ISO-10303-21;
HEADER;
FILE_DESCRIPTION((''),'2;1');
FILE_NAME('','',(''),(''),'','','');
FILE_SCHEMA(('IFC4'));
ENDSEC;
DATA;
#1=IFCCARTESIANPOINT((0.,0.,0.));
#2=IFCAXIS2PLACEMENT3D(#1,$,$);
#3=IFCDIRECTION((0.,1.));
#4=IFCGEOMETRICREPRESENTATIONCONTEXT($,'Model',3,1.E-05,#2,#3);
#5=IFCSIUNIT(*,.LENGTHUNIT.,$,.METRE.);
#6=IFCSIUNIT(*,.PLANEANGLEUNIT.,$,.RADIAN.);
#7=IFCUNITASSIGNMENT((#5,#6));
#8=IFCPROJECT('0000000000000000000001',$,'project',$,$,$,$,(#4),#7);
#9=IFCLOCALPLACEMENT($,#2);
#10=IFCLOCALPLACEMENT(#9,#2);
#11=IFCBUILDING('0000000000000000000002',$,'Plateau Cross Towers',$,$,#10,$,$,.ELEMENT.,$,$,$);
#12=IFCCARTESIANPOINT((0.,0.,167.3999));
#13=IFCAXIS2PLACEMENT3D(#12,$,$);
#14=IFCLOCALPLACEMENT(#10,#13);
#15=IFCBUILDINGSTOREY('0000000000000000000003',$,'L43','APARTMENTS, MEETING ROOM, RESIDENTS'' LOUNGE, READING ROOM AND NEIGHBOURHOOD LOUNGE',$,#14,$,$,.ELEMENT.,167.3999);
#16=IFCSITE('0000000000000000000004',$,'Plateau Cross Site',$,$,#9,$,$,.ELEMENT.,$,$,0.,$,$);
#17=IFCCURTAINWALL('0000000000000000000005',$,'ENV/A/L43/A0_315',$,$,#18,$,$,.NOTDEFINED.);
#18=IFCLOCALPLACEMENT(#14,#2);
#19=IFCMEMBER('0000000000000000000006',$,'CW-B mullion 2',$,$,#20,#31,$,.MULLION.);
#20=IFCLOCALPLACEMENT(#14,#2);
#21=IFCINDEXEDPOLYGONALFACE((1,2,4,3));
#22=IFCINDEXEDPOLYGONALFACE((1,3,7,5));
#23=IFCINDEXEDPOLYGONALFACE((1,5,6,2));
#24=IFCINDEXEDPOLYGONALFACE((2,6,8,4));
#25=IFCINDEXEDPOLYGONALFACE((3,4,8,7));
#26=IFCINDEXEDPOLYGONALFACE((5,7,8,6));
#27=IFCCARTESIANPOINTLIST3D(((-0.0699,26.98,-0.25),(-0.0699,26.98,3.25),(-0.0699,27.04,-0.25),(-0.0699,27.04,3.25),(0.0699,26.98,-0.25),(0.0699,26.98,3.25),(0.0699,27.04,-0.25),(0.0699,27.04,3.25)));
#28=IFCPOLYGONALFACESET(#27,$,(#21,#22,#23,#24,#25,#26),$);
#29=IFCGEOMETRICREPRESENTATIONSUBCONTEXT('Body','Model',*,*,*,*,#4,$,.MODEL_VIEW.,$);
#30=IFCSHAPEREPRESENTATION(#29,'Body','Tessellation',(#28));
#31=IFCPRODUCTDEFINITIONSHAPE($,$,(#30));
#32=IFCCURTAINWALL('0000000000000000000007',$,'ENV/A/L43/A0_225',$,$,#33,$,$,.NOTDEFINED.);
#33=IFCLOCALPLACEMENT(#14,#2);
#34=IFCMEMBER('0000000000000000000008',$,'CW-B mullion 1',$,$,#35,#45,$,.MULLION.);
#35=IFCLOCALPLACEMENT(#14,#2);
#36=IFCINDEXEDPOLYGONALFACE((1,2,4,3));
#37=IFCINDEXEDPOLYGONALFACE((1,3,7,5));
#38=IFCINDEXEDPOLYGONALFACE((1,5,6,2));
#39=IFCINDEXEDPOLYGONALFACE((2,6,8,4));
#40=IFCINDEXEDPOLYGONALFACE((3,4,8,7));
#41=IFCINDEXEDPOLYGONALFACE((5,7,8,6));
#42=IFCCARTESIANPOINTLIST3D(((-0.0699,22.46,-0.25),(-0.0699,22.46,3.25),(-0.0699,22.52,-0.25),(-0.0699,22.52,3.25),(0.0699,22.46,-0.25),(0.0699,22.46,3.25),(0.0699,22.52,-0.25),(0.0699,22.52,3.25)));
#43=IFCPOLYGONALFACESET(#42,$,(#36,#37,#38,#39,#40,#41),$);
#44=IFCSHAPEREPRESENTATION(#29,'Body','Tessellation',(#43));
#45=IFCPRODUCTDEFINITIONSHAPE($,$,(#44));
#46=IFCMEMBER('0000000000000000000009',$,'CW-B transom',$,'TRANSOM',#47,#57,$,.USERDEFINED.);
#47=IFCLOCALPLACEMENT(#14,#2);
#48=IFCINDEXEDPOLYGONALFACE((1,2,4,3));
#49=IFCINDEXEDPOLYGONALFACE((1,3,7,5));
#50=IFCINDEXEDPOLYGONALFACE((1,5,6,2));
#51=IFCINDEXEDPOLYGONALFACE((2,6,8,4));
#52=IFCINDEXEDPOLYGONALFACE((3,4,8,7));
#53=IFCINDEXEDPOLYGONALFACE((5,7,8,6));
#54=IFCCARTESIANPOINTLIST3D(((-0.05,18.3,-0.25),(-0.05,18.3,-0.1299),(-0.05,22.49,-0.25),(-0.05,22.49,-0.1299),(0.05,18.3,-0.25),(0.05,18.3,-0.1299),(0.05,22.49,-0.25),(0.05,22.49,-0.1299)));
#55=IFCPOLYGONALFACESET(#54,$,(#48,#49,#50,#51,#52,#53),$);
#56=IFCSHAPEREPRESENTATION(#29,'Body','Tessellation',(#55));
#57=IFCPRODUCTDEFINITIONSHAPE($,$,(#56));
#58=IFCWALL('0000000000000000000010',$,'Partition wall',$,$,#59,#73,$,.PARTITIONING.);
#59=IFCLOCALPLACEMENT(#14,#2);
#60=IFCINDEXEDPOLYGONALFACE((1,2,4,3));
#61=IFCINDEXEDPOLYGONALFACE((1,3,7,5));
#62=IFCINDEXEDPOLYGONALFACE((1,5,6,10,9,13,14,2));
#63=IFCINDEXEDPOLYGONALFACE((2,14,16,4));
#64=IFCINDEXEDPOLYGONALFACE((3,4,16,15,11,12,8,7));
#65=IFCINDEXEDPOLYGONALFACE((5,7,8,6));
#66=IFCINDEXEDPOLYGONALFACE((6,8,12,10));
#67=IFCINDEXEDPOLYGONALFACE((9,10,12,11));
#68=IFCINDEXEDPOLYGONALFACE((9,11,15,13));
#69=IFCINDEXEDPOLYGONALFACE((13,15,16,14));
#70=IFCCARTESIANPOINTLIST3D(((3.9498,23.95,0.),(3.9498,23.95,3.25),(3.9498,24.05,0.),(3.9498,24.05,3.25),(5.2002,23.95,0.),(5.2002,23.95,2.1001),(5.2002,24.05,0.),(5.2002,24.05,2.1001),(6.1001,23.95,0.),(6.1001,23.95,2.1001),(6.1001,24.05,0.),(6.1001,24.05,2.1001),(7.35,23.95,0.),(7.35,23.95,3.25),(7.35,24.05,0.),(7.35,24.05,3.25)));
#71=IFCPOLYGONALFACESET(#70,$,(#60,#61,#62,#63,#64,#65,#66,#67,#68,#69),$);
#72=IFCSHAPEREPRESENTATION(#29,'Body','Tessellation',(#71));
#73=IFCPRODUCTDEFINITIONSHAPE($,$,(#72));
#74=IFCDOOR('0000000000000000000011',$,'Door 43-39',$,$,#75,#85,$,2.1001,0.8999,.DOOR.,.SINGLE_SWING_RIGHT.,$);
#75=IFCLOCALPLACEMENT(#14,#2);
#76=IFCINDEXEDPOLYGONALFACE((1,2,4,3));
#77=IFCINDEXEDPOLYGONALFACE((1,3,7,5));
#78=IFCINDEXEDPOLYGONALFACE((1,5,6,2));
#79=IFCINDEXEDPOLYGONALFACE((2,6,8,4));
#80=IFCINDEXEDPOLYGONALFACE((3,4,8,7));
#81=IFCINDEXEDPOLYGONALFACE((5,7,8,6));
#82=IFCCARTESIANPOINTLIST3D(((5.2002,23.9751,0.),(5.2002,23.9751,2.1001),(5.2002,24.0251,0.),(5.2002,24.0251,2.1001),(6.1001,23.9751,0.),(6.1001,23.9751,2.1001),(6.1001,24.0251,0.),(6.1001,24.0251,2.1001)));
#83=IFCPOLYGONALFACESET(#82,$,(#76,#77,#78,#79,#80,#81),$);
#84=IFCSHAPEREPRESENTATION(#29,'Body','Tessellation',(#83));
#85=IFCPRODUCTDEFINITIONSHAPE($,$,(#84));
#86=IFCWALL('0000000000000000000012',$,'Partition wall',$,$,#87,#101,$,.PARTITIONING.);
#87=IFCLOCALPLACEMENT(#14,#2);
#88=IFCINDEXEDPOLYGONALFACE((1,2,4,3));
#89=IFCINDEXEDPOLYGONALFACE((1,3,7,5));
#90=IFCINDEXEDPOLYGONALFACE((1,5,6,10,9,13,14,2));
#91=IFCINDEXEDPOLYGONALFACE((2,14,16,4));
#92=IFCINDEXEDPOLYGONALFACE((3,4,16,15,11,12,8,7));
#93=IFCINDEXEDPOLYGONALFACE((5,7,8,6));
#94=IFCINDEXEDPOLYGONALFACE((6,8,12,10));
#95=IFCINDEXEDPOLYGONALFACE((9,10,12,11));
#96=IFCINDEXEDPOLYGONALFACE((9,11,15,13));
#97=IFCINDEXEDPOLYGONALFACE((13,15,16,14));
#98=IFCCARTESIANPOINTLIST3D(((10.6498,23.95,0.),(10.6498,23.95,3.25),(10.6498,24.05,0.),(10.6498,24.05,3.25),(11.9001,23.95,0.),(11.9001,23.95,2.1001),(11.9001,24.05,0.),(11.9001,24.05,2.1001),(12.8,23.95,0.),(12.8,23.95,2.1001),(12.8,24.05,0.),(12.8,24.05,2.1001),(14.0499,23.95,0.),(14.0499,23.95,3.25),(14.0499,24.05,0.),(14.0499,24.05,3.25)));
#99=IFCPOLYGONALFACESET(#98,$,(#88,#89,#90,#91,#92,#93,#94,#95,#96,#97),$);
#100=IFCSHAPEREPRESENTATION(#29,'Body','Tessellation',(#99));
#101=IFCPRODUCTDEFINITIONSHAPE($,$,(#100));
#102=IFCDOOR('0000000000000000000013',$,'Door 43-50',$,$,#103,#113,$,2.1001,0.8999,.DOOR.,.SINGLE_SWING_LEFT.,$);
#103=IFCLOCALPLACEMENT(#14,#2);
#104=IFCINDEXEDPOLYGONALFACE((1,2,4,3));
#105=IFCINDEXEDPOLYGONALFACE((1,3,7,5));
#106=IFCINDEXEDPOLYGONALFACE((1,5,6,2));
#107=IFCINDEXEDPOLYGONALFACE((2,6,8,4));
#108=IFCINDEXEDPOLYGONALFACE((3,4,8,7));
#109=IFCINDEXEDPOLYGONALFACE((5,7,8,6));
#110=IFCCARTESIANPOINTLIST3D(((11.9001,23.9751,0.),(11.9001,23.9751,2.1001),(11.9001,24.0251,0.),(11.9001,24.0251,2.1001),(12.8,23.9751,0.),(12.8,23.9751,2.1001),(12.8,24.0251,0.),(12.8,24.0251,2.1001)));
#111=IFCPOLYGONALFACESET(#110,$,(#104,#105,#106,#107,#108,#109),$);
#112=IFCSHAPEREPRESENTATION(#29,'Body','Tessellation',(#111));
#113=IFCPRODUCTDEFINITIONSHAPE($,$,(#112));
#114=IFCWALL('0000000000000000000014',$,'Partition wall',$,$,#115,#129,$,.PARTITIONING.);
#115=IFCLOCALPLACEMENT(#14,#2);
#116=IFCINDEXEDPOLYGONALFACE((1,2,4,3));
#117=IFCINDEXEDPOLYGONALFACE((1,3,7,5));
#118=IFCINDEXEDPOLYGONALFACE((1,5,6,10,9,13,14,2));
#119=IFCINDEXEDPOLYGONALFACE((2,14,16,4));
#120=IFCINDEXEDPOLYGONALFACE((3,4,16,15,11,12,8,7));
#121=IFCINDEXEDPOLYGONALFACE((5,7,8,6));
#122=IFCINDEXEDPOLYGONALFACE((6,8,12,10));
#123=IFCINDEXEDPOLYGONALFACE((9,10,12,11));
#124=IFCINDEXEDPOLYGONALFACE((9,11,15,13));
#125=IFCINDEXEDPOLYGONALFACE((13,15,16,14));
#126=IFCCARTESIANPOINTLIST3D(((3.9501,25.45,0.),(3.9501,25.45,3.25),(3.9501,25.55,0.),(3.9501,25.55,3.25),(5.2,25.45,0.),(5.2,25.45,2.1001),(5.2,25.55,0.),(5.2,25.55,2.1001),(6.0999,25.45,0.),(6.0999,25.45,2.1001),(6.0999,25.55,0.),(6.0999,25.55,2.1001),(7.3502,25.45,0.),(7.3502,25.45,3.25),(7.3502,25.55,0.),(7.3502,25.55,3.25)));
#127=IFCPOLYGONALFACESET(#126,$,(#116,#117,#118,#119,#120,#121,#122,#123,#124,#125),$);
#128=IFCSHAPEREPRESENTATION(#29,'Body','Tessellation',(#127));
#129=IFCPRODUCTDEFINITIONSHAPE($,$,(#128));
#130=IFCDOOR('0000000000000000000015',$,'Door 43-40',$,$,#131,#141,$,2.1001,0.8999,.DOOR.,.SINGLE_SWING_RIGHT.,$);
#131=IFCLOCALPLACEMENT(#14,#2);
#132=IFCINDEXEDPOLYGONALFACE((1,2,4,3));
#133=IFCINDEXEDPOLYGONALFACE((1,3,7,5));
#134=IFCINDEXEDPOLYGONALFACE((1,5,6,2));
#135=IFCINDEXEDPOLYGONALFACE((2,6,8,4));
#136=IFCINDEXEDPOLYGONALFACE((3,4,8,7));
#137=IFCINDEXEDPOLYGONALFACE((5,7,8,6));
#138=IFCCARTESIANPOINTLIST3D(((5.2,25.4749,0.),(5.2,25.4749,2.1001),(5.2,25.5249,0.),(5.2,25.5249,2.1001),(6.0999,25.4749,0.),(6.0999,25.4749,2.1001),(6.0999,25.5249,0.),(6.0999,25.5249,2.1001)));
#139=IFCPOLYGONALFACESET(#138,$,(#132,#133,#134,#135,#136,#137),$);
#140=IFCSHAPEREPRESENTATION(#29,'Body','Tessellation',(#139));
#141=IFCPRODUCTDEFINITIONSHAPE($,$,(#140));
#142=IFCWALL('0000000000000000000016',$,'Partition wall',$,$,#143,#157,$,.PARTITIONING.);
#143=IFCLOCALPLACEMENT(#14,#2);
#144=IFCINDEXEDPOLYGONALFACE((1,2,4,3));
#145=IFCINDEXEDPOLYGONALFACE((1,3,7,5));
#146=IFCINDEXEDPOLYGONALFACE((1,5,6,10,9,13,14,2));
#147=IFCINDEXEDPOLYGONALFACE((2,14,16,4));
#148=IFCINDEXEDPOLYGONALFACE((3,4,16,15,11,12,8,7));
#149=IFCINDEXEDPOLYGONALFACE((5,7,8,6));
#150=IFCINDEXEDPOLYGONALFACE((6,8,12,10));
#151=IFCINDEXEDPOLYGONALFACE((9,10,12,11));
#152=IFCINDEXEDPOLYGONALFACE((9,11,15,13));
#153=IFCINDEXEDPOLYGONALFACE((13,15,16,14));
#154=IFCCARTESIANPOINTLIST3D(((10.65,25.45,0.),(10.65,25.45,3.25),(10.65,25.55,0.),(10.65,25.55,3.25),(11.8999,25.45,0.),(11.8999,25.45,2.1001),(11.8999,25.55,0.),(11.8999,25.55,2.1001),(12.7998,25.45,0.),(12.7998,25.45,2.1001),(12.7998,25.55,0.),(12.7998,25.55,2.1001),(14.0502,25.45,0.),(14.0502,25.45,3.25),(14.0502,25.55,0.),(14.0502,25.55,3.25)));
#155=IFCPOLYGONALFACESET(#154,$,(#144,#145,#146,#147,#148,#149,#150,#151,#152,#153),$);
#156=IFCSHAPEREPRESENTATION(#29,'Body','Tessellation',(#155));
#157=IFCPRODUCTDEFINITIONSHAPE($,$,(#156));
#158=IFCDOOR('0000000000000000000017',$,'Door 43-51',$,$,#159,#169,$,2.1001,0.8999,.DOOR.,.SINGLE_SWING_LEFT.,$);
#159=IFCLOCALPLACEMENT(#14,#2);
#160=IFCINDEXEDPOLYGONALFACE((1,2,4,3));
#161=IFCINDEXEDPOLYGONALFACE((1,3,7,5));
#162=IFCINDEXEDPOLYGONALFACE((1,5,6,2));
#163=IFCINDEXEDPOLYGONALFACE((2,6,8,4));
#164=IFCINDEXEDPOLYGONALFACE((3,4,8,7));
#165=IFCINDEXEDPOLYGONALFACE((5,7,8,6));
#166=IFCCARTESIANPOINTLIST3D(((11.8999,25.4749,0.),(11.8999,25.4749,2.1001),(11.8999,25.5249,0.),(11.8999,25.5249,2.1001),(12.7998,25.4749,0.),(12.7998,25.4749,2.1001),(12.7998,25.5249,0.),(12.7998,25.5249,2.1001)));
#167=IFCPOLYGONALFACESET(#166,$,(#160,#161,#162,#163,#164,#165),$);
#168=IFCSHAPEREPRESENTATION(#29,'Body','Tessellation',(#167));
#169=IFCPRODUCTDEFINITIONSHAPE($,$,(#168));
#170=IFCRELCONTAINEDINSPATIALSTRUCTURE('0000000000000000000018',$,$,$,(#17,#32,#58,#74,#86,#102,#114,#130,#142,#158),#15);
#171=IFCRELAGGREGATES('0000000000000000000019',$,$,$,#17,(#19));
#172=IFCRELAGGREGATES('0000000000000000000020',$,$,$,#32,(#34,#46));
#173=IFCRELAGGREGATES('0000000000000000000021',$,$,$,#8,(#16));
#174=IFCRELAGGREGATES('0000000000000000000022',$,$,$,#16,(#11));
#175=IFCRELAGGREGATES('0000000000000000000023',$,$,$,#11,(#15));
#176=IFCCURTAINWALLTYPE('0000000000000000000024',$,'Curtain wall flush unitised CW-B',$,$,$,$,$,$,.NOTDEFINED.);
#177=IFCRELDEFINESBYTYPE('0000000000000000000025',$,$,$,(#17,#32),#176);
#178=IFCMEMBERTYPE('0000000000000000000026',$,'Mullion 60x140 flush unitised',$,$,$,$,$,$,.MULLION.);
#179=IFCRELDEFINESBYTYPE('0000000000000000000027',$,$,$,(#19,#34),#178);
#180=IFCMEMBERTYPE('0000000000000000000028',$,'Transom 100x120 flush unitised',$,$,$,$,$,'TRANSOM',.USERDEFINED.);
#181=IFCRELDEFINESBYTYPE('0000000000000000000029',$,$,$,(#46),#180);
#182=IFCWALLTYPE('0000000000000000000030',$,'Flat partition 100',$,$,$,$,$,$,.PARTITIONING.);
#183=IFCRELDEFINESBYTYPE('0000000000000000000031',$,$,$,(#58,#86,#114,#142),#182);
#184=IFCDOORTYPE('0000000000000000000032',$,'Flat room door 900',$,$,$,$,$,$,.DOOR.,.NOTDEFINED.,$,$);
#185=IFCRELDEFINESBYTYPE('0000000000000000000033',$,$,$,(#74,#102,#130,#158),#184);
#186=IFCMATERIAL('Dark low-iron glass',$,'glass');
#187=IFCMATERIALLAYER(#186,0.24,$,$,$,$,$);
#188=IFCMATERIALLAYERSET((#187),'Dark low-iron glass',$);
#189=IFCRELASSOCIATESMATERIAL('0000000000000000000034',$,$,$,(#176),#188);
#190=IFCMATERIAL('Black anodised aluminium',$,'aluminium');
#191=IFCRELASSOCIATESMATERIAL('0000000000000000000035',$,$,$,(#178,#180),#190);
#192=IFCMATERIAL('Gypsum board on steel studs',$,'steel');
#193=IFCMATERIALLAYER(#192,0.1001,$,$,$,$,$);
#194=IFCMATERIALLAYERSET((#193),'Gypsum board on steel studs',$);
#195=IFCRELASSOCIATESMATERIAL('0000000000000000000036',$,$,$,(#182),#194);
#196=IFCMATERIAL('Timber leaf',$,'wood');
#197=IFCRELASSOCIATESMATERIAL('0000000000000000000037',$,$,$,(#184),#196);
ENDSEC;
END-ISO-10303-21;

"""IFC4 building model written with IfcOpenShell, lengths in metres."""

from ifc_helpers import new_model, si_unit, direction, frame, frame_2d, origin, origin_2d, place, context, subcontext, project, spatial, rectangle, extrude, material, layer, layer_set, material_profile, profile_set, type_object, element, fill, aggregate, save


model = new_model("IFC4")

# Units and contexts
model_context = context("Model", 3, precision=1e-05, world=origin(), true_north=direction((0.0, 1.0)))
body_context = subcontext(model_context, "Body", "Model", "MODEL_VIEW")
ifc_project = project(units=[si_unit("LENGTHUNIT", "METRE"), si_unit("PLANEANGLEUNIT", "RADIAN")], contexts=[model_context])

# Site, building, storey
site_placement = place(None, origin())
site = spatial("IfcSite", under=ifc_project, at=site_placement, Name="Plateau Cross Site", CompositionType="ELEMENT", RefElevation=0.0)
building_placement = place(site_placement, origin())
building = spatial("IfcBuilding", under=site, at=building_placement, Name="Plateau Cross Towers", CompositionType="ELEMENT")
storey_placement = place(building_placement, frame((0.0, 0.0, 167.3999)))
storey = spatial("IfcBuildingStorey", under=building, at=storey_placement, Name="L43", Description="APARTMENTS, MEETING ROOM, RESIDENTS' LOUNGE, READING ROOM AND NEIGHBOURHOOD LOUNGE", CompositionType="ELEMENT", Elevation=167.3999)

# Curtain wall, member
ifc_material_1 = material(Name="Dark low-iron glass", Category="glass")
ifc_layer_1 = layer(ifc_material_1, 0.24)
ifc_layer_set_1 = layer_set([ifc_layer_1], Name="Dark low-iron glass")
curtain_wall_type = type_object("IfcCurtainWallType", Name="Curtain wall flush unitised CW-B", PredefinedType="NOTDEFINED", material=ifc_layer_set_1)
curtain_wall_1_placement = place(storey_placement, origin())
curtain_wall_1 = element("IfcCurtainWall", 1, at=curtain_wall_1_placement, inside=storey, type_object=curtain_wall_type, Name="ENV/A/L43/A0_315", PredefinedType="NOTDEFINED")
ifc_material_2 = material(Name="Black anodised aluminium", Category="aluminium")
ifc_material_profile_1 = material_profile(ifc_material_2, rectangle(XDim=0.0601, YDim=0.1399, at=origin_2d()), Name="MULLION 60x140")
ifc_profile_set_1 = profile_set([ifc_material_profile_1], Name="Black anodised aluminium")
member_type_1 = type_object("IfcMemberType", Name="Mullion 60x140 flush unitised", PredefinedType="MULLION", material=ifc_profile_set_1)
member_1_placement = place(storey_placement, frame((0.0, 27.01, -0.25), z_axis=(0.0, 0.0, 1.0), x_axis=(0.0, -1.0, 0.0)))
member_1 = element("IfcMember", 2, at=member_1_placement, type_object=member_type_1, Name="CW-B mullion 2", PredefinedType="MULLION", context=body_context, shape_type="SweptSolid", body=[
    extrude(rectangle(XDim=0.0601, YDim=0.1399, at=origin_2d()), origin(), (0.0, 0.0, 1.0), 3.5),
])
aggregate(curtain_wall_1, [member_1])

# Curtain wall, members
curtain_wall_2_placement = place(storey_placement, origin())
curtain_wall_2 = element("IfcCurtainWall", 3, at=curtain_wall_2_placement, inside=storey, type_object=curtain_wall_type, Name="ENV/A/L43/A0_225", PredefinedType="NOTDEFINED")
member_2_placement = place(storey_placement, frame((0.0, 22.49, -0.25), z_axis=(0.0, 0.0, 1.0), x_axis=(0.0, -1.0, 0.0)))
member_2 = element("IfcMember", 4, at=member_2_placement, type_object=member_type_1, Name="CW-B mullion 1", PredefinedType="MULLION", context=body_context, shape_type="SweptSolid", body=[
    extrude(rectangle(XDim=0.0601, YDim=0.1399, at=origin_2d()), origin(), (0.0, 0.0, 1.0), 3.5),
])
ifc_material_profile_2 = material_profile(ifc_material_2, rectangle(XDim=0.1001, YDim=0.1201, at=origin_2d()), Name="TRANSOM 100x120")
ifc_profile_set_2 = profile_set([ifc_material_profile_2], Name="Black anodised aluminium")
member_type_2 = type_object("IfcMemberType", Name="Transom 100x120 flush unitised", ElementType="TRANSOM", PredefinedType="USERDEFINED", material=ifc_profile_set_2)
member_3_placement = place(storey_placement, frame((0.0, 22.49, -0.1899), z_axis=(0.0, -1.0, 0.0), x_axis=(1.0, 0.0, 0.0)))
member_3 = element("IfcMember", 5, at=member_3_placement, type_object=member_type_2, Name="CW-B transom", ObjectType="TRANSOM", PredefinedType="USERDEFINED", context=body_context, shape_type="SweptSolid", body=[
    extrude(rectangle(XDim=0.1001, YDim=0.1201, at=origin_2d()), origin(), (0.0, 0.0, 1.0), 4.1899),
])
aggregate(curtain_wall_2, [member_2, member_3])

# Walls, openings, doors
ifc_material_3 = material(Name="Gypsum board on steel studs", Category="steel")
ifc_layer_2 = layer(ifc_material_3, 0.1001)
ifc_layer_set_2 = layer_set([ifc_layer_2], Name="Gypsum board on steel studs")
wall_type_1 = type_object("IfcWallType", Name="Flat partition 100", PredefinedType="PARTITIONING", material=ifc_layer_set_2)
wall_1_placement = place(storey_placement, frame((7.3501, 24.0, 0.0), z_axis=(0.0, 0.0, 1.0), x_axis=(-1.0, 0.0, 0.0)))
wall_1 = element("IfcWall", 6, at=wall_1_placement, inside=storey, type_object=wall_type_1, Name="Partition wall", PredefinedType="PARTITIONING", context=body_context, shape_type="SweptSolid", body=[
    extrude(rectangle(XDim=3.4001, YDim=0.1001, at=frame_2d((1.7002, 0.0))), origin(), (0.0, 0.0, 1.0), 3.25),
])
opening_1_placement = place(wall_1_placement, frame((1.25, 0.0, 0.0)))
opening_1 = element("IfcOpeningElement", 7, at=opening_1_placement, cuts=wall_1, PredefinedType="OPENING", context=body_context, shape_type="SweptSolid", body=[
    extrude(rectangle(XDim=0.8999, YDim=2.1001, at=frame_2d((0.45, 1.05))), frame((0.0, 0.0601, 0.0), z_axis=(0.0, -1.0, 0.0), x_axis=(1.0, 0.0, 0.0)), (0.0, 0.0, 1.0), 0.1201),
])
ifc_material_4 = material(Name="Timber leaf", Category="wood")
door_type_1 = type_object("IfcDoorType", Name="Flat room door 900", OperationType="NOTDEFINED", PredefinedType="DOOR", material=ifc_material_4)
door_1_placement = place(opening_1_placement, origin())
door_1 = element("IfcDoor", 8, at=door_1_placement, inside=storey, type_object=door_type_1, Name="Door 43-39", OperationType="SINGLE_SWING_RIGHT", OverallHeight=2.1001, OverallWidth=0.8999, PredefinedType="DOOR", context=body_context, shape_type="SweptSolid", body=[
    extrude(rectangle(XDim=0.8999, YDim=2.1001, at=frame_2d((0.45, 1.05))), frame((0.0, 0.0249, 0.0), z_axis=(0.0, -1.0, 0.0), x_axis=(1.0, 0.0, 0.0)), (0.0, 0.0, 1.0), 0.05),
])
fill(opening_1, door_1)
wall_2_placement = place(storey_placement, frame((14.05, 24.0, 0.0), z_axis=(0.0, 0.0, 1.0), x_axis=(-1.0, 0.0, 0.0)))
wall_2 = element("IfcWall", 9, at=wall_2_placement, inside=storey, type_object=wall_type_1, Name="Partition wall", PredefinedType="PARTITIONING", context=body_context, shape_type="SweptSolid", body=[
    extrude(rectangle(XDim=3.4001, YDim=0.1001, at=frame_2d((1.7002, 0.0))), origin(), (0.0, 0.0, 1.0), 3.25),
])
opening_2_placement = place(wall_2_placement, frame((1.25, 0.0, 0.0)))
opening_2 = element("IfcOpeningElement", 10, at=opening_2_placement, cuts=wall_2, PredefinedType="OPENING", context=body_context, shape_type="SweptSolid", body=[
    extrude(rectangle(XDim=0.8999, YDim=2.1001, at=frame_2d((0.45, 1.05))), frame((0.0, 0.0601, 0.0), z_axis=(0.0, -1.0, 0.0), x_axis=(1.0, 0.0, 0.0)), (0.0, 0.0, 1.0), 0.1201),
])
door_2_placement = place(opening_2_placement, origin())
door_2 = element("IfcDoor", 11, at=door_2_placement, inside=storey, type_object=door_type_1, Name="Door 43-50", OperationType="SINGLE_SWING_LEFT", OverallHeight=2.1001, OverallWidth=0.8999, PredefinedType="DOOR", context=body_context, shape_type="SweptSolid", body=[
    extrude(rectangle(XDim=0.8999, YDim=2.1001, at=frame_2d((0.45, 1.05))), frame((0.0, 0.0249, 0.0), z_axis=(0.0, -1.0, 0.0), x_axis=(1.0, 0.0, 0.0)), (0.0, 0.0, 1.0), 0.05),
])
fill(opening_2, door_2)
wall_3_placement = place(storey_placement, frame((3.95, 25.5, 0.0), z_axis=(0.0, 0.0, 1.0), x_axis=(1.0, 0.0, 0.0)))
wall_3 = element("IfcWall", 12, at=wall_3_placement, inside=storey, type_object=wall_type_1, Name="Partition wall", PredefinedType="PARTITIONING", context=body_context, shape_type="SweptSolid", body=[
    extrude(rectangle(XDim=3.4001, YDim=0.1001, at=frame_2d((1.7002, 0.0))), origin(), (0.0, 0.0, 1.0), 3.25),
])
opening_3_placement = place(wall_3_placement, frame((1.25, 0.0, 0.0)))
opening_3 = element("IfcOpeningElement", 13, at=opening_3_placement, cuts=wall_3, PredefinedType="OPENING", context=body_context, shape_type="SweptSolid", body=[
    extrude(rectangle(XDim=0.8999, YDim=2.1001, at=frame_2d((0.45, 1.05))), frame((0.0, 0.0601, 0.0), z_axis=(0.0, -1.0, 0.0), x_axis=(1.0, 0.0, 0.0)), (0.0, 0.0, 1.0), 0.1201),
])
door_3_placement = place(opening_3_placement, origin())
door_3 = element("IfcDoor", 14, at=door_3_placement, inside=storey, type_object=door_type_1, Name="Door 43-40", OperationType="SINGLE_SWING_RIGHT", OverallHeight=2.1001, OverallWidth=0.8999, PredefinedType="DOOR", context=body_context, shape_type="SweptSolid", body=[
    extrude(rectangle(XDim=0.8999, YDim=2.1001, at=frame_2d((0.45, 1.05))), frame((0.0, 0.0249, 0.0), z_axis=(0.0, -1.0, 0.0), x_axis=(1.0, 0.0, 0.0)), (0.0, 0.0, 1.0), 0.05),
])
fill(opening_3, door_3)
wall_4_placement = place(storey_placement, frame((10.6499, 25.5, 0.0), z_axis=(0.0, 0.0, 1.0), x_axis=(1.0, 0.0, 0.0)))
wall_4 = element("IfcWall", 15, at=wall_4_placement, inside=storey, type_object=wall_type_1, Name="Partition wall", PredefinedType="PARTITIONING", context=body_context, shape_type="SweptSolid", body=[
    extrude(rectangle(XDim=3.4001, YDim=0.1001, at=frame_2d((1.7002, 0.0))), origin(), (0.0, 0.0, 1.0), 3.25),
])
opening_4_placement = place(wall_4_placement, frame((1.25, 0.0, 0.0)))
opening_4 = element("IfcOpeningElement", 16, at=opening_4_placement, cuts=wall_4, PredefinedType="OPENING", context=body_context, shape_type="SweptSolid", body=[
    extrude(rectangle(XDim=0.8999, YDim=2.1001, at=frame_2d((0.45, 1.05))), frame((0.0, 0.0601, 0.0), z_axis=(0.0, -1.0, 0.0), x_axis=(1.0, 0.0, 0.0)), (0.0, 0.0, 1.0), 0.1201),
])
door_4_placement = place(opening_4_placement, origin())
door_4 = element("IfcDoor", 17, at=door_4_placement, inside=storey, type_object=door_type_1, Name="Door 43-51", OperationType="SINGLE_SWING_LEFT", OverallHeight=2.1001, OverallWidth=0.8999, PredefinedType="DOOR", context=body_context, shape_type="SweptSolid", body=[
    extrude(rectangle(XDim=0.8999, YDim=2.1001, at=frame_2d((0.45, 1.05))), frame((0.0, 0.0249, 0.0), z_axis=(0.0, -1.0, 0.0), x_axis=(1.0, 0.0, 0.0)), (0.0, 0.0, 1.0), 0.05),
])
fill(opening_4, door_4)

save(model, "model.ifc")
